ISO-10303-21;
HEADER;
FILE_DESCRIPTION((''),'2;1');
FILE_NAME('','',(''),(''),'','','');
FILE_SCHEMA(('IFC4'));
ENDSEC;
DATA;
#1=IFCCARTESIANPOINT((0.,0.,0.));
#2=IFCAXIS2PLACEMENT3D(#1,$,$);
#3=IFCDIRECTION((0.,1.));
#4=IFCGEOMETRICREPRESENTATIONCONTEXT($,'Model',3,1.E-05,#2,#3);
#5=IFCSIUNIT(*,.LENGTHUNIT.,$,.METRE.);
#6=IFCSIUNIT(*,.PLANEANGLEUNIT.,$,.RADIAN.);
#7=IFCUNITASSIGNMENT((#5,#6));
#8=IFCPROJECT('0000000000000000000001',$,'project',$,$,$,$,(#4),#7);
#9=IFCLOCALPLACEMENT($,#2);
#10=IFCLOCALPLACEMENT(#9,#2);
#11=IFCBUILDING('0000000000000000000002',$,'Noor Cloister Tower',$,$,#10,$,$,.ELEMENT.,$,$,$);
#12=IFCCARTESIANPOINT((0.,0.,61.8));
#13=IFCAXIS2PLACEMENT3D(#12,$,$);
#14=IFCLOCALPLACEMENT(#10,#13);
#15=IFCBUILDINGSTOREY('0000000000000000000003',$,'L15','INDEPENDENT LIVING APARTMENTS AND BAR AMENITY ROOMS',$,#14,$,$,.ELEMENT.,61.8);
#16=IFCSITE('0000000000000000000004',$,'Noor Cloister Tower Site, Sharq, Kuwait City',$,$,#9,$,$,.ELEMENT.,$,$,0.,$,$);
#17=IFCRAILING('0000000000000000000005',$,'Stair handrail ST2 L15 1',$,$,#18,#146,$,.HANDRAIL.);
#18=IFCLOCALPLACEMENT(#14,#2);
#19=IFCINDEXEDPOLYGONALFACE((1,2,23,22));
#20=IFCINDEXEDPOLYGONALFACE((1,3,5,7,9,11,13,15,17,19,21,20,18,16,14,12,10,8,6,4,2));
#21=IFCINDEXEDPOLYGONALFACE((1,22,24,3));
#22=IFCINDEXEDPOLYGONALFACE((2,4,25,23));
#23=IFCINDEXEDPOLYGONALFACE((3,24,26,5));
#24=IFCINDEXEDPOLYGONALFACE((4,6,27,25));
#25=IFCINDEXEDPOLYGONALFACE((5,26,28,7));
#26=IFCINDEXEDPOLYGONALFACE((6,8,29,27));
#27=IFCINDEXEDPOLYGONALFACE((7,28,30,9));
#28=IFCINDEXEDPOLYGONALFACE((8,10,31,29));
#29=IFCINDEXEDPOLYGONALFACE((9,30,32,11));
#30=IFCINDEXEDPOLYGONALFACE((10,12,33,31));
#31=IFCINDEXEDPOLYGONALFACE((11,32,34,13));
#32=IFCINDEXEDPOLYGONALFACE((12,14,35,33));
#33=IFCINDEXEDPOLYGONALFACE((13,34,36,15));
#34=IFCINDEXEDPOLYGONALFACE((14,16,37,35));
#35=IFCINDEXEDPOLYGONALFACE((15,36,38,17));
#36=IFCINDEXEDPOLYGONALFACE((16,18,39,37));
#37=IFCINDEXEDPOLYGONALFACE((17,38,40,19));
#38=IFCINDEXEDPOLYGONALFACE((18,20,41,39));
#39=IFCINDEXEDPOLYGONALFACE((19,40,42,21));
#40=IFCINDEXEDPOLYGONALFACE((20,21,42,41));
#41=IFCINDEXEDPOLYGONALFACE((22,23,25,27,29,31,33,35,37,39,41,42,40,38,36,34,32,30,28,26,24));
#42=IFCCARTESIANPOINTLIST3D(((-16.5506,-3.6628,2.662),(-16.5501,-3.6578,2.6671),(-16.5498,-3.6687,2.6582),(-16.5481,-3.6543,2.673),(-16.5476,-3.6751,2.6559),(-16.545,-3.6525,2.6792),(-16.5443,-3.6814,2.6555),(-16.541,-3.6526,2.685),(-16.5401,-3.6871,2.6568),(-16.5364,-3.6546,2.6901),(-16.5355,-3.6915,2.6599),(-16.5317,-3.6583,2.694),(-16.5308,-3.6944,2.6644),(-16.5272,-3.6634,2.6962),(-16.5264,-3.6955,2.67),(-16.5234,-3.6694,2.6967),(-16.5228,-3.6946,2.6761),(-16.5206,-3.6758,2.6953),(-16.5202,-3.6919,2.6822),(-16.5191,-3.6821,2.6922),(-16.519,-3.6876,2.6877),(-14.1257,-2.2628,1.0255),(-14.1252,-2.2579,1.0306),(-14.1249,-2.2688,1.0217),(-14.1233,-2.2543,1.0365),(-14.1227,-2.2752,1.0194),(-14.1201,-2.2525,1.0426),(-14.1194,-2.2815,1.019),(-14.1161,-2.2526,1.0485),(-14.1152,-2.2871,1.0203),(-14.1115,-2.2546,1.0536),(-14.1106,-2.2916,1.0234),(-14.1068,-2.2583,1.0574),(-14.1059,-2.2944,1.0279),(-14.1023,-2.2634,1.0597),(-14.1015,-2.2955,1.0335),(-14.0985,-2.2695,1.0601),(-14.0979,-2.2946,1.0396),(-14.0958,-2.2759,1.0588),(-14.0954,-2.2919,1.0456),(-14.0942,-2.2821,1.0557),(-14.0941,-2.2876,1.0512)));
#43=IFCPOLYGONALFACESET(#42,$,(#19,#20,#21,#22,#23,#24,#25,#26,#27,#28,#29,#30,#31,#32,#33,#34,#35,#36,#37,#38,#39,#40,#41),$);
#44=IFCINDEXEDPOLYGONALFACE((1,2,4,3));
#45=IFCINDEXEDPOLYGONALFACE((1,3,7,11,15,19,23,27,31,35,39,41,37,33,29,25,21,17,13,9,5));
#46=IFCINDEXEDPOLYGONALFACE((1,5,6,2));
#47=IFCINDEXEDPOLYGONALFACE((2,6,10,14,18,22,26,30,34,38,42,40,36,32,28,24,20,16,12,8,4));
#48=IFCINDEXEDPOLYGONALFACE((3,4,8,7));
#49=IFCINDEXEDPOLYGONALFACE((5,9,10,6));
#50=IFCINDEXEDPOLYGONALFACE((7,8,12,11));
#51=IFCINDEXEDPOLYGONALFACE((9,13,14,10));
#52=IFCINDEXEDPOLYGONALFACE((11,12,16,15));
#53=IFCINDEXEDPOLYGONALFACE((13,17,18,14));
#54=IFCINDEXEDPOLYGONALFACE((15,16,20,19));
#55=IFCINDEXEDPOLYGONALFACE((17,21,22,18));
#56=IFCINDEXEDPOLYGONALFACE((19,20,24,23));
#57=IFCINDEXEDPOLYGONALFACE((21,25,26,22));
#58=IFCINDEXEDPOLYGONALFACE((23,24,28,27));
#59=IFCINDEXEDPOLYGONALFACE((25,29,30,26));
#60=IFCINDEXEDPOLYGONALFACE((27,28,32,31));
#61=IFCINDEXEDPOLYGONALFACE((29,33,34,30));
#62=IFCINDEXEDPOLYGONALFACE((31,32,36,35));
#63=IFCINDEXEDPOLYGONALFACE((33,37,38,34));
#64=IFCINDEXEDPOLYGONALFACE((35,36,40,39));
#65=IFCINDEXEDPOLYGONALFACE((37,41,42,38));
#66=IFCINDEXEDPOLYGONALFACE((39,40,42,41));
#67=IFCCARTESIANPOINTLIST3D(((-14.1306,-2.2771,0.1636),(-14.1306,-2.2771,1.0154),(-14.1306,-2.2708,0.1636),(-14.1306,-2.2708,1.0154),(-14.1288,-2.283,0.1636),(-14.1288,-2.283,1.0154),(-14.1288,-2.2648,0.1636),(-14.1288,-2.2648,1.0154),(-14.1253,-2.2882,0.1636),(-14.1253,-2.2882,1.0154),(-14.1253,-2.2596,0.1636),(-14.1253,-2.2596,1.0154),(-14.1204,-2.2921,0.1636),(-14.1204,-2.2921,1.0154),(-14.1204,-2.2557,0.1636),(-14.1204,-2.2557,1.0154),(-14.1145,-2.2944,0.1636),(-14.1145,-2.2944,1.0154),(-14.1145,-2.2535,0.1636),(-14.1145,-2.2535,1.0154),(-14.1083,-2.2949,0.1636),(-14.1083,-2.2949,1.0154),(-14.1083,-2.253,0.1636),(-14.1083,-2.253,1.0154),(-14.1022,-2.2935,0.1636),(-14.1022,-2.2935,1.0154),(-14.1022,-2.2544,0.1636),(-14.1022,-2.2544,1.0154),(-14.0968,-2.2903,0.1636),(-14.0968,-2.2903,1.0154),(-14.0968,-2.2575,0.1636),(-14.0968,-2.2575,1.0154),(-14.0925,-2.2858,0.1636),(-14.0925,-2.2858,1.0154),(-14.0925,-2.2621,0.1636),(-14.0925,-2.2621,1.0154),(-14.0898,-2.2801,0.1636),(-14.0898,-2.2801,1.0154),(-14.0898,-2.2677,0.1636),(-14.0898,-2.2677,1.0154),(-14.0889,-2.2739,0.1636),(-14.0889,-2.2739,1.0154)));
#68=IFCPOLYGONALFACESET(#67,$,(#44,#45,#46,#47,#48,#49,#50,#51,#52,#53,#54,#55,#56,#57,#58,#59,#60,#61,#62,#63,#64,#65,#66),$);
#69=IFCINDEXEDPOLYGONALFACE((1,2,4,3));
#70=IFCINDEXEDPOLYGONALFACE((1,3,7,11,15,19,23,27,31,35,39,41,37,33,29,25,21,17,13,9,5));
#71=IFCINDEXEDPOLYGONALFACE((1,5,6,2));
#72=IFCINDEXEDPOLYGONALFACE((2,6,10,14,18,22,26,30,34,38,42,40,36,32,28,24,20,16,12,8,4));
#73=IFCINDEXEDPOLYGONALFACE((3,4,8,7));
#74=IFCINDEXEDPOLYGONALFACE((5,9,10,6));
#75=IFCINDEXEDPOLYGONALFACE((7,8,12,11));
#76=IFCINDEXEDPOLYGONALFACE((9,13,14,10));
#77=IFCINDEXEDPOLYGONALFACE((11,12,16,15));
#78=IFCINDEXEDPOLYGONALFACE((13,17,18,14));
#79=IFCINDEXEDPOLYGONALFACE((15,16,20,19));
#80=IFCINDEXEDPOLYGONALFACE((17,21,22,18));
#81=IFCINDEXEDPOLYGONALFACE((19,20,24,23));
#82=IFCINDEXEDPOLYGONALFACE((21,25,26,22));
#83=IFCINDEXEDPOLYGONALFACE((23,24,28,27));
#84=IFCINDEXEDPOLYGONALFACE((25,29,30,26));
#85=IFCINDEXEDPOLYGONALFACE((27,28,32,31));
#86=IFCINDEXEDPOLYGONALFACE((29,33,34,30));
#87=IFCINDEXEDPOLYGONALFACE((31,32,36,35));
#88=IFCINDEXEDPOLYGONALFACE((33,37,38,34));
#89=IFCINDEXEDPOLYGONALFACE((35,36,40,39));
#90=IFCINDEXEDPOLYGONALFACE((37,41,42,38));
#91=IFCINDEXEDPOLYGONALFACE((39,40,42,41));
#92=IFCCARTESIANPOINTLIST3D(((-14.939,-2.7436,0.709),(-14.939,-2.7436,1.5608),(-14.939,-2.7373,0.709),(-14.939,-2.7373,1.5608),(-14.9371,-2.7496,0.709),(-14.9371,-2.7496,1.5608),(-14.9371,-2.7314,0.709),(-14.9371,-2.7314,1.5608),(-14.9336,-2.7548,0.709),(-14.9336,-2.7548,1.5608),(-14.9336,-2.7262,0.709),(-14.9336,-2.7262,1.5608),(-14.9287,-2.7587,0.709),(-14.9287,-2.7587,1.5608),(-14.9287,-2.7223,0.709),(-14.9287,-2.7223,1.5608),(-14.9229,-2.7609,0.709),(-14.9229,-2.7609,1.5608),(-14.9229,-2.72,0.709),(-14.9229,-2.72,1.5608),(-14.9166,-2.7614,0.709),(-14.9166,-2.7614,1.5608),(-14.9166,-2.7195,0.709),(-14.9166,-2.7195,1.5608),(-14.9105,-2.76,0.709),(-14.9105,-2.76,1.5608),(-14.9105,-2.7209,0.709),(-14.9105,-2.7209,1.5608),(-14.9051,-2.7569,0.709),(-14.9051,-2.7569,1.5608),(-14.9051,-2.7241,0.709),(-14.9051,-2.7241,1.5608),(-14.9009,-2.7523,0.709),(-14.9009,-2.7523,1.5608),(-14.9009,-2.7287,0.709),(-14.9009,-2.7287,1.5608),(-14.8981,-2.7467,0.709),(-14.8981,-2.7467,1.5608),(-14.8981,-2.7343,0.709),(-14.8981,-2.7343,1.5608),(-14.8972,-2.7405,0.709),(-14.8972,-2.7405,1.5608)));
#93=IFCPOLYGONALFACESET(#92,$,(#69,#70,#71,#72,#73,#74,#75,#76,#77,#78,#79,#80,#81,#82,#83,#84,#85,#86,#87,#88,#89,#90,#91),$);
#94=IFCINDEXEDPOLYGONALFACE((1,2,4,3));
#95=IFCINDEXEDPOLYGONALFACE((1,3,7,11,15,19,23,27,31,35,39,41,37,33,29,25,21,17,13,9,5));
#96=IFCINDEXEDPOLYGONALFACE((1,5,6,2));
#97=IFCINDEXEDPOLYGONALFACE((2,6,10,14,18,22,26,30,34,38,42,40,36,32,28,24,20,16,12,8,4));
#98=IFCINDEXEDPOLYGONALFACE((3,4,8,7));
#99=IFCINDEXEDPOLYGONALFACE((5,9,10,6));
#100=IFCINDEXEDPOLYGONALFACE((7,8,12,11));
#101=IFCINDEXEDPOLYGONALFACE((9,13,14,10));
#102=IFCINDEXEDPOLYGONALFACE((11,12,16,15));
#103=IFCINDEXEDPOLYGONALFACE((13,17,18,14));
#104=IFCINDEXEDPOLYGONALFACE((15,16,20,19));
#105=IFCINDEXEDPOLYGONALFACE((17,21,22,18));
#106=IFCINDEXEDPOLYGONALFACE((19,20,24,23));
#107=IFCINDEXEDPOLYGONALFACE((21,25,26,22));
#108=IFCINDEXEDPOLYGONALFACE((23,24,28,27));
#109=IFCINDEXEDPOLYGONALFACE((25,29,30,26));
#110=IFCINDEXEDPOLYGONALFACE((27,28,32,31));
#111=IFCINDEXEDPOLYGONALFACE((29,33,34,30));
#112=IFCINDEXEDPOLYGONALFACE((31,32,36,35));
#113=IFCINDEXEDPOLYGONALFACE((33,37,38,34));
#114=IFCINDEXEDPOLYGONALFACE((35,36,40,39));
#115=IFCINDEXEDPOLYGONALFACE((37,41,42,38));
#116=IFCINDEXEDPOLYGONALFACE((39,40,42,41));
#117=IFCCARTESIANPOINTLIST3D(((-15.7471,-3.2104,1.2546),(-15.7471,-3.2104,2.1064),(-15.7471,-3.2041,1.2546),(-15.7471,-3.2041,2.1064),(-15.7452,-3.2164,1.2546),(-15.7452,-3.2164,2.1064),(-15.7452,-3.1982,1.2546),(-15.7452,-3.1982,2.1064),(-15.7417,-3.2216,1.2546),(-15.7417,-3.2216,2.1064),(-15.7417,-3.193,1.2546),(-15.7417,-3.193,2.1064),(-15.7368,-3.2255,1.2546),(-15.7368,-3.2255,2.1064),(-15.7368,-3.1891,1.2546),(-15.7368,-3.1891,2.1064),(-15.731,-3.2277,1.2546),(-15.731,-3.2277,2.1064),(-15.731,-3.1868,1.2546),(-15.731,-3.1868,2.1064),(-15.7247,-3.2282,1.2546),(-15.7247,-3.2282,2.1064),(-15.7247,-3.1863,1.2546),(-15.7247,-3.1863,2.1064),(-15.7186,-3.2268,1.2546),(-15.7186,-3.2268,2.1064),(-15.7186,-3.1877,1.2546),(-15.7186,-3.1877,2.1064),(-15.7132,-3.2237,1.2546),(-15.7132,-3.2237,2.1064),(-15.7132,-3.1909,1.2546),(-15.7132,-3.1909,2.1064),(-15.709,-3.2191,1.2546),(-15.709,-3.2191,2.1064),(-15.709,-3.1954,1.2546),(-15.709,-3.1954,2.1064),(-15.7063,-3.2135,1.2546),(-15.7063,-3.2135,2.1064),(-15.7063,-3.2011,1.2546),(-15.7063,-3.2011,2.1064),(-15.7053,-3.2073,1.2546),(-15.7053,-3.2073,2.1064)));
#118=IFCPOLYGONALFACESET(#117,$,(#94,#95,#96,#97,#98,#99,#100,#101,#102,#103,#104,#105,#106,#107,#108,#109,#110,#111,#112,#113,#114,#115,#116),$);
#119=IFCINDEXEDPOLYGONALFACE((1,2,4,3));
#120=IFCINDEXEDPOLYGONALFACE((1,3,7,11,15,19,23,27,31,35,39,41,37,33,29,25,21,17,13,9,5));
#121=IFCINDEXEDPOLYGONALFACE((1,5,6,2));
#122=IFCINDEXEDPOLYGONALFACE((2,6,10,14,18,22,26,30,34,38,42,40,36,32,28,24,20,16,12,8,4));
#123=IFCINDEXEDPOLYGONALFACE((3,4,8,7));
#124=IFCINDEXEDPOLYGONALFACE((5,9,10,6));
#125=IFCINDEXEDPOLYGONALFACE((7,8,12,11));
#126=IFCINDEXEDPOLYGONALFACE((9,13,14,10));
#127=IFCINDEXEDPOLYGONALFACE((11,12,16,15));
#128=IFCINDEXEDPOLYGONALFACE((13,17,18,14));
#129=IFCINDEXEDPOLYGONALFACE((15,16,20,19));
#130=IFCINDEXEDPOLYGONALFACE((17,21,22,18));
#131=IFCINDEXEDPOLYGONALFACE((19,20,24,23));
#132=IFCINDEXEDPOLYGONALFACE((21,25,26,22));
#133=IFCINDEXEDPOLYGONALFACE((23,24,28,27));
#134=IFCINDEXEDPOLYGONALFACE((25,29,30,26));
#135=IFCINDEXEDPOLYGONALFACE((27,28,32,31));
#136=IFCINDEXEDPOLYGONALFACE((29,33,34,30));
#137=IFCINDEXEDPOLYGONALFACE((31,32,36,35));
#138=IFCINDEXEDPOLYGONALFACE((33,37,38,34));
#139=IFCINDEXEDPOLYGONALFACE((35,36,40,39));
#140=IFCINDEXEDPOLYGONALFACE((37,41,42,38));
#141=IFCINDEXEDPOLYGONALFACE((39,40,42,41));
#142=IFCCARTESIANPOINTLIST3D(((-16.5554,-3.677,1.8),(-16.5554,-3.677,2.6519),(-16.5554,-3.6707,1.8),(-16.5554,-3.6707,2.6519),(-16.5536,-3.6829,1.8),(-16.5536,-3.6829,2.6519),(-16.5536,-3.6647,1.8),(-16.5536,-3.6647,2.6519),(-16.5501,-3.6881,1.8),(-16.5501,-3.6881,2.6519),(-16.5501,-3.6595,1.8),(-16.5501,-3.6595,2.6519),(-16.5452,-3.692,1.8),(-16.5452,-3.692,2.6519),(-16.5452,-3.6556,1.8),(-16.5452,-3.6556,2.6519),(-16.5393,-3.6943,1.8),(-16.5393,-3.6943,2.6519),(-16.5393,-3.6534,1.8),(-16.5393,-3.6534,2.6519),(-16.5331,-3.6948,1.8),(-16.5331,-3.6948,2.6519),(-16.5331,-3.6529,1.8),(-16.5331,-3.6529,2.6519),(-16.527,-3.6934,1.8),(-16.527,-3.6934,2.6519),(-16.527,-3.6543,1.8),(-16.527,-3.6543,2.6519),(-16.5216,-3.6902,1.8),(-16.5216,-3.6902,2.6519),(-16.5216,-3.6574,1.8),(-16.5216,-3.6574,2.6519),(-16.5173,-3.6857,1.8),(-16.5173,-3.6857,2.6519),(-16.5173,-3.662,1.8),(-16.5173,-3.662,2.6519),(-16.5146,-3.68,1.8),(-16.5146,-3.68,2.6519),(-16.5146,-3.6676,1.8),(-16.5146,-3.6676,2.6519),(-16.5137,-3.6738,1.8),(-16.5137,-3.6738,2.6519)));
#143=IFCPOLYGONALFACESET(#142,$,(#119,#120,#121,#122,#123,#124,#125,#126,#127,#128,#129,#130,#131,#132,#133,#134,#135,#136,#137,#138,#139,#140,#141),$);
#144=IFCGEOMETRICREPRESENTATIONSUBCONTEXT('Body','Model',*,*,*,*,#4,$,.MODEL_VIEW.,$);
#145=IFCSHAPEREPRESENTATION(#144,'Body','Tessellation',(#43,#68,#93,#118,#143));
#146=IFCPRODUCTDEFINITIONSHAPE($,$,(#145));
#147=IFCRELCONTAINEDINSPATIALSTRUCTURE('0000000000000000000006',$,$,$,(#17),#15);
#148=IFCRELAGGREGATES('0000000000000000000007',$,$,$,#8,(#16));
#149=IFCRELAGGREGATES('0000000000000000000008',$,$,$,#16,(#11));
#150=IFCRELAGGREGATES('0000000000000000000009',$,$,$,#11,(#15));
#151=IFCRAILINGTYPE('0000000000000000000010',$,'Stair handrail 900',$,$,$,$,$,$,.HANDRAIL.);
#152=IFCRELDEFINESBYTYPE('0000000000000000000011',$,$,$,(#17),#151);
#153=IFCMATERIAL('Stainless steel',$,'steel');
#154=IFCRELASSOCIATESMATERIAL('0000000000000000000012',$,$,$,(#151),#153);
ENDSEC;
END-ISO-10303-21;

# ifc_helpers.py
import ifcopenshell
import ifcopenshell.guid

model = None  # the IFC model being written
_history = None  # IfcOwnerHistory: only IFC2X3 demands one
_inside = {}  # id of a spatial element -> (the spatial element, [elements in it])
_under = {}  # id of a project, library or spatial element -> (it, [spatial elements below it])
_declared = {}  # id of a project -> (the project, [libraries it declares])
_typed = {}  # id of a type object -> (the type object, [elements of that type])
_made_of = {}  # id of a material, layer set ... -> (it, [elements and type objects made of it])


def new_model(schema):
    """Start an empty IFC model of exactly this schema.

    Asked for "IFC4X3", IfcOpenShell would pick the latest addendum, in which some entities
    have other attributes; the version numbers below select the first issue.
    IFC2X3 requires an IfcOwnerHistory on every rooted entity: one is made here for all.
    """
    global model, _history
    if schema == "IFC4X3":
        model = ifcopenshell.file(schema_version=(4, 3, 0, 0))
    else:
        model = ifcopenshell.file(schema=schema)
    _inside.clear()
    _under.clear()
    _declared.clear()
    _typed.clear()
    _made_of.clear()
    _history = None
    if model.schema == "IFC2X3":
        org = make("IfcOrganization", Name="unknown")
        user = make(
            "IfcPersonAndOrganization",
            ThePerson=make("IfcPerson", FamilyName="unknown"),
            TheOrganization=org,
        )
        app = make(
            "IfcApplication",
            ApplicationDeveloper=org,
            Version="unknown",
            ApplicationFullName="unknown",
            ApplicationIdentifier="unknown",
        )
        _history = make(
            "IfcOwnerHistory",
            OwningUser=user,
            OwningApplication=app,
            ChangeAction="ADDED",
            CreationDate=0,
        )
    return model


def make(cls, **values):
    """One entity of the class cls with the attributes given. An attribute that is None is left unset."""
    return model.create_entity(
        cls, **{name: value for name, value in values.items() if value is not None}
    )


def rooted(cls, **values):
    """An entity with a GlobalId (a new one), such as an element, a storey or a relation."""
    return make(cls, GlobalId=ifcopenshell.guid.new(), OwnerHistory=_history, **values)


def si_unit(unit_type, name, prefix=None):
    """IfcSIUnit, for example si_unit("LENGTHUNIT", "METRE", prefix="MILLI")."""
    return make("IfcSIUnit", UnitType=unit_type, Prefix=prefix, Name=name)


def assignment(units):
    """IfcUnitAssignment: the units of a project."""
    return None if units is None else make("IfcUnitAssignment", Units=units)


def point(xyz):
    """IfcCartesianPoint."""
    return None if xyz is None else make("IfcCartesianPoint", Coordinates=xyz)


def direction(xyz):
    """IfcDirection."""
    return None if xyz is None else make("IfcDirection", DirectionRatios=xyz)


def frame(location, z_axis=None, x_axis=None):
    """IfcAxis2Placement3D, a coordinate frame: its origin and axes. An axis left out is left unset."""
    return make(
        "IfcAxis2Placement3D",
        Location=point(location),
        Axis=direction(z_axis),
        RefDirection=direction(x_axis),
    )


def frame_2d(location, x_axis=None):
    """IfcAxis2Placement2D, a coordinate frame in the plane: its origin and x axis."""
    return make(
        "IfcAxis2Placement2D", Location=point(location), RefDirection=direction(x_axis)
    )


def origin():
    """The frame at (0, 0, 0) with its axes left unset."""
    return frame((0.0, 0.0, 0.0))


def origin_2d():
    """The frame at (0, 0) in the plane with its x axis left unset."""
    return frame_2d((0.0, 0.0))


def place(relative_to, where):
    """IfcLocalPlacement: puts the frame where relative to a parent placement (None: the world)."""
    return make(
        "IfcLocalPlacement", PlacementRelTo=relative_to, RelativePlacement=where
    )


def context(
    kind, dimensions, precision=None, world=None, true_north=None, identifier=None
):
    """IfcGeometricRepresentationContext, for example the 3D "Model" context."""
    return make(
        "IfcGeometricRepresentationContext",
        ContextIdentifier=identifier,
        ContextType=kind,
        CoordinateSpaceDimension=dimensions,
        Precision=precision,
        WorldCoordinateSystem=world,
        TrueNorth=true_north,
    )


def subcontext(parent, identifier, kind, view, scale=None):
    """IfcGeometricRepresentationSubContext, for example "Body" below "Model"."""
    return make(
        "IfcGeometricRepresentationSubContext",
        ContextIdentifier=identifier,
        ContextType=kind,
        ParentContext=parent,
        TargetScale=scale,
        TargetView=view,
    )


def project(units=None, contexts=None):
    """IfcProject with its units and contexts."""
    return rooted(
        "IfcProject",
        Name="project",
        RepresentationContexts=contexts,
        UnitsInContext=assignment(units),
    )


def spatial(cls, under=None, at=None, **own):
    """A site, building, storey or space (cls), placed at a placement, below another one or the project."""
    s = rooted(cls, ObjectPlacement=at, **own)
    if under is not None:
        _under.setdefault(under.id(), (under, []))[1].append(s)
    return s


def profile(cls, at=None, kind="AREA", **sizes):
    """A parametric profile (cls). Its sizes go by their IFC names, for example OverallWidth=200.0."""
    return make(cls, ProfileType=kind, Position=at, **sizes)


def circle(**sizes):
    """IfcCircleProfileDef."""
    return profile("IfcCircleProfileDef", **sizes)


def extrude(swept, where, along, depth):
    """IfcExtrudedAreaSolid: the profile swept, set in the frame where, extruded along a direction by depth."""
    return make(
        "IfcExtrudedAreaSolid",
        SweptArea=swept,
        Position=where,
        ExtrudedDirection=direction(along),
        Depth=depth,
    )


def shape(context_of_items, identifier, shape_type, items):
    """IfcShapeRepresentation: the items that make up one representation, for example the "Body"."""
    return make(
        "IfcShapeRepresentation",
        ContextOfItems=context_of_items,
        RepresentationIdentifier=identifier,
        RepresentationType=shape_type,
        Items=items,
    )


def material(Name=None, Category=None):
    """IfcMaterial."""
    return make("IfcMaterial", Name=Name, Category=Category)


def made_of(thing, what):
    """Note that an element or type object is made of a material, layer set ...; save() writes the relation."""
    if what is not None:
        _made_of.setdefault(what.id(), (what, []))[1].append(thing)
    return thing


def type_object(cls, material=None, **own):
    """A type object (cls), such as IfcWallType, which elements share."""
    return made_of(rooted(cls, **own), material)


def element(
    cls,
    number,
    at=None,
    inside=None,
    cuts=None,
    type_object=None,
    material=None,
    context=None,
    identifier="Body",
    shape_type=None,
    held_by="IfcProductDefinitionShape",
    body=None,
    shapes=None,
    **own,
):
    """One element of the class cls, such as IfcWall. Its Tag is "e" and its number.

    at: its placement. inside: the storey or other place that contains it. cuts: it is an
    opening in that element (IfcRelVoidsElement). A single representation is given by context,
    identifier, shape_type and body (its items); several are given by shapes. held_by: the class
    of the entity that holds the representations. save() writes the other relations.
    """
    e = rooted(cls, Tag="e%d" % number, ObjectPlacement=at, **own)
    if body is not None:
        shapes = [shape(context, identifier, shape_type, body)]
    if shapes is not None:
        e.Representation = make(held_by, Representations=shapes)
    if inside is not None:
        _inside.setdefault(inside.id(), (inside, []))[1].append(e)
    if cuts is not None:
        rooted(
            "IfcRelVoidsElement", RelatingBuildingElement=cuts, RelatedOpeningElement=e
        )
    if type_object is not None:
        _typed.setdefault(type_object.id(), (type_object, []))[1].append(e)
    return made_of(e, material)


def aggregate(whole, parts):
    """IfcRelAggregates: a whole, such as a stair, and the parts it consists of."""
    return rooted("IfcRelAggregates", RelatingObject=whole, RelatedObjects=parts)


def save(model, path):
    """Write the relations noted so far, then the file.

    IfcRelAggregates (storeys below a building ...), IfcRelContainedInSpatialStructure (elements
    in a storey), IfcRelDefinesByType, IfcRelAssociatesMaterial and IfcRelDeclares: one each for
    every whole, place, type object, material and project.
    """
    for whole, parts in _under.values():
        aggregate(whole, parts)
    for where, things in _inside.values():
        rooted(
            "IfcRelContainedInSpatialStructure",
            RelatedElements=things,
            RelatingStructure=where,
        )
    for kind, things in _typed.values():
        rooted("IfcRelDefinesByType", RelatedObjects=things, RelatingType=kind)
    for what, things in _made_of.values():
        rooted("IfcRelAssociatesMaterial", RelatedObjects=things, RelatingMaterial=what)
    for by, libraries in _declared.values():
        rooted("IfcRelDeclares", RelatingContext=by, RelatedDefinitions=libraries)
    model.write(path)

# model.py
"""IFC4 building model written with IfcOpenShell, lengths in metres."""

from ifc_helpers import new_model, si_unit, direction, frame, origin, origin_2d, place, context, subcontext, project, spatial, circle, extrude, material, type_object, element, save


model = new_model("IFC4")

# Units and contexts
model_context = context("Model", 3, precision=1e-05, world=origin(), true_north=direction((0.0, 1.0)))
body_context = subcontext(model_context, "Body", "Model", "MODEL_VIEW")
ifc_project = project(units=[si_unit("LENGTHUNIT", "METRE"), si_unit("PLANEANGLEUNIT", "RADIAN")], contexts=[model_context])

# Site, building, storey
site_placement = place(None, origin())
site = spatial("IfcSite", under=ifc_project, at=site_placement, Name="Noor Cloister Tower Site, Sharq, Kuwait City", CompositionType="ELEMENT", RefElevation=0.0)
building_placement = place(site_placement, origin())
building = spatial("IfcBuilding", under=site, at=building_placement, Name="Noor Cloister Tower", CompositionType="ELEMENT")
storey_placement = place(building_placement, frame((0.0, 0.0, 61.8)))
storey = spatial("IfcBuildingStorey", under=building, at=storey_placement, Name="L15", Description="INDEPENDENT LIVING APARTMENTS AND BAR AMENITY ROOMS", CompositionType="ELEMENT", Elevation=61.8)

# Railing
ifc_material_1 = material(Name="Stainless steel", Category="steel")
railing_type_1 = type_object("IfcRailingType", Name="Stair handrail 900", PredefinedType="HANDRAIL", material=ifc_material_1)
railing_1_placement = place(storey_placement, frame((-14.1099, -2.2739, 0.1636)))
element("IfcRailing", 1, at=railing_1_placement, inside=storey, type_object=railing_type_1, Name="Stair handrail ST2 L15 1", PredefinedType="HANDRAIL", context=body_context, shape_type="SweptSolid", body=[
    extrude(circle(Radius=0.0239, at=origin_2d()), frame((0.0, 0.0, 0.876), z_axis=(-0.74769, -0.431661, 0.504608), x_axis=(0.499984, -0.866035, 0.0)), (0.0, 0.0, 1.0), 3.2432),
    extrude(circle(Radius=0.021, at=origin_2d()), origin(), (0.0, 0.0, 1.0), 0.8518),
    extrude(circle(Radius=0.021, at=origin_2d()), frame((-0.8083, -0.4666, 0.5454)), (0.0, 0.0, 1.0), 0.8518),
    extrude(circle(Radius=0.021, at=origin_2d()), frame((-1.6165, -0.9333, 1.0911)), (0.0, 0.0, 1.0), 0.8518),
    extrude(circle(Radius=0.021, at=origin_2d()), frame((-2.4248, -1.3999, 1.6365)), (0.0, 0.0, 1.0), 0.8518),
])

save(model, "model.ifc")
